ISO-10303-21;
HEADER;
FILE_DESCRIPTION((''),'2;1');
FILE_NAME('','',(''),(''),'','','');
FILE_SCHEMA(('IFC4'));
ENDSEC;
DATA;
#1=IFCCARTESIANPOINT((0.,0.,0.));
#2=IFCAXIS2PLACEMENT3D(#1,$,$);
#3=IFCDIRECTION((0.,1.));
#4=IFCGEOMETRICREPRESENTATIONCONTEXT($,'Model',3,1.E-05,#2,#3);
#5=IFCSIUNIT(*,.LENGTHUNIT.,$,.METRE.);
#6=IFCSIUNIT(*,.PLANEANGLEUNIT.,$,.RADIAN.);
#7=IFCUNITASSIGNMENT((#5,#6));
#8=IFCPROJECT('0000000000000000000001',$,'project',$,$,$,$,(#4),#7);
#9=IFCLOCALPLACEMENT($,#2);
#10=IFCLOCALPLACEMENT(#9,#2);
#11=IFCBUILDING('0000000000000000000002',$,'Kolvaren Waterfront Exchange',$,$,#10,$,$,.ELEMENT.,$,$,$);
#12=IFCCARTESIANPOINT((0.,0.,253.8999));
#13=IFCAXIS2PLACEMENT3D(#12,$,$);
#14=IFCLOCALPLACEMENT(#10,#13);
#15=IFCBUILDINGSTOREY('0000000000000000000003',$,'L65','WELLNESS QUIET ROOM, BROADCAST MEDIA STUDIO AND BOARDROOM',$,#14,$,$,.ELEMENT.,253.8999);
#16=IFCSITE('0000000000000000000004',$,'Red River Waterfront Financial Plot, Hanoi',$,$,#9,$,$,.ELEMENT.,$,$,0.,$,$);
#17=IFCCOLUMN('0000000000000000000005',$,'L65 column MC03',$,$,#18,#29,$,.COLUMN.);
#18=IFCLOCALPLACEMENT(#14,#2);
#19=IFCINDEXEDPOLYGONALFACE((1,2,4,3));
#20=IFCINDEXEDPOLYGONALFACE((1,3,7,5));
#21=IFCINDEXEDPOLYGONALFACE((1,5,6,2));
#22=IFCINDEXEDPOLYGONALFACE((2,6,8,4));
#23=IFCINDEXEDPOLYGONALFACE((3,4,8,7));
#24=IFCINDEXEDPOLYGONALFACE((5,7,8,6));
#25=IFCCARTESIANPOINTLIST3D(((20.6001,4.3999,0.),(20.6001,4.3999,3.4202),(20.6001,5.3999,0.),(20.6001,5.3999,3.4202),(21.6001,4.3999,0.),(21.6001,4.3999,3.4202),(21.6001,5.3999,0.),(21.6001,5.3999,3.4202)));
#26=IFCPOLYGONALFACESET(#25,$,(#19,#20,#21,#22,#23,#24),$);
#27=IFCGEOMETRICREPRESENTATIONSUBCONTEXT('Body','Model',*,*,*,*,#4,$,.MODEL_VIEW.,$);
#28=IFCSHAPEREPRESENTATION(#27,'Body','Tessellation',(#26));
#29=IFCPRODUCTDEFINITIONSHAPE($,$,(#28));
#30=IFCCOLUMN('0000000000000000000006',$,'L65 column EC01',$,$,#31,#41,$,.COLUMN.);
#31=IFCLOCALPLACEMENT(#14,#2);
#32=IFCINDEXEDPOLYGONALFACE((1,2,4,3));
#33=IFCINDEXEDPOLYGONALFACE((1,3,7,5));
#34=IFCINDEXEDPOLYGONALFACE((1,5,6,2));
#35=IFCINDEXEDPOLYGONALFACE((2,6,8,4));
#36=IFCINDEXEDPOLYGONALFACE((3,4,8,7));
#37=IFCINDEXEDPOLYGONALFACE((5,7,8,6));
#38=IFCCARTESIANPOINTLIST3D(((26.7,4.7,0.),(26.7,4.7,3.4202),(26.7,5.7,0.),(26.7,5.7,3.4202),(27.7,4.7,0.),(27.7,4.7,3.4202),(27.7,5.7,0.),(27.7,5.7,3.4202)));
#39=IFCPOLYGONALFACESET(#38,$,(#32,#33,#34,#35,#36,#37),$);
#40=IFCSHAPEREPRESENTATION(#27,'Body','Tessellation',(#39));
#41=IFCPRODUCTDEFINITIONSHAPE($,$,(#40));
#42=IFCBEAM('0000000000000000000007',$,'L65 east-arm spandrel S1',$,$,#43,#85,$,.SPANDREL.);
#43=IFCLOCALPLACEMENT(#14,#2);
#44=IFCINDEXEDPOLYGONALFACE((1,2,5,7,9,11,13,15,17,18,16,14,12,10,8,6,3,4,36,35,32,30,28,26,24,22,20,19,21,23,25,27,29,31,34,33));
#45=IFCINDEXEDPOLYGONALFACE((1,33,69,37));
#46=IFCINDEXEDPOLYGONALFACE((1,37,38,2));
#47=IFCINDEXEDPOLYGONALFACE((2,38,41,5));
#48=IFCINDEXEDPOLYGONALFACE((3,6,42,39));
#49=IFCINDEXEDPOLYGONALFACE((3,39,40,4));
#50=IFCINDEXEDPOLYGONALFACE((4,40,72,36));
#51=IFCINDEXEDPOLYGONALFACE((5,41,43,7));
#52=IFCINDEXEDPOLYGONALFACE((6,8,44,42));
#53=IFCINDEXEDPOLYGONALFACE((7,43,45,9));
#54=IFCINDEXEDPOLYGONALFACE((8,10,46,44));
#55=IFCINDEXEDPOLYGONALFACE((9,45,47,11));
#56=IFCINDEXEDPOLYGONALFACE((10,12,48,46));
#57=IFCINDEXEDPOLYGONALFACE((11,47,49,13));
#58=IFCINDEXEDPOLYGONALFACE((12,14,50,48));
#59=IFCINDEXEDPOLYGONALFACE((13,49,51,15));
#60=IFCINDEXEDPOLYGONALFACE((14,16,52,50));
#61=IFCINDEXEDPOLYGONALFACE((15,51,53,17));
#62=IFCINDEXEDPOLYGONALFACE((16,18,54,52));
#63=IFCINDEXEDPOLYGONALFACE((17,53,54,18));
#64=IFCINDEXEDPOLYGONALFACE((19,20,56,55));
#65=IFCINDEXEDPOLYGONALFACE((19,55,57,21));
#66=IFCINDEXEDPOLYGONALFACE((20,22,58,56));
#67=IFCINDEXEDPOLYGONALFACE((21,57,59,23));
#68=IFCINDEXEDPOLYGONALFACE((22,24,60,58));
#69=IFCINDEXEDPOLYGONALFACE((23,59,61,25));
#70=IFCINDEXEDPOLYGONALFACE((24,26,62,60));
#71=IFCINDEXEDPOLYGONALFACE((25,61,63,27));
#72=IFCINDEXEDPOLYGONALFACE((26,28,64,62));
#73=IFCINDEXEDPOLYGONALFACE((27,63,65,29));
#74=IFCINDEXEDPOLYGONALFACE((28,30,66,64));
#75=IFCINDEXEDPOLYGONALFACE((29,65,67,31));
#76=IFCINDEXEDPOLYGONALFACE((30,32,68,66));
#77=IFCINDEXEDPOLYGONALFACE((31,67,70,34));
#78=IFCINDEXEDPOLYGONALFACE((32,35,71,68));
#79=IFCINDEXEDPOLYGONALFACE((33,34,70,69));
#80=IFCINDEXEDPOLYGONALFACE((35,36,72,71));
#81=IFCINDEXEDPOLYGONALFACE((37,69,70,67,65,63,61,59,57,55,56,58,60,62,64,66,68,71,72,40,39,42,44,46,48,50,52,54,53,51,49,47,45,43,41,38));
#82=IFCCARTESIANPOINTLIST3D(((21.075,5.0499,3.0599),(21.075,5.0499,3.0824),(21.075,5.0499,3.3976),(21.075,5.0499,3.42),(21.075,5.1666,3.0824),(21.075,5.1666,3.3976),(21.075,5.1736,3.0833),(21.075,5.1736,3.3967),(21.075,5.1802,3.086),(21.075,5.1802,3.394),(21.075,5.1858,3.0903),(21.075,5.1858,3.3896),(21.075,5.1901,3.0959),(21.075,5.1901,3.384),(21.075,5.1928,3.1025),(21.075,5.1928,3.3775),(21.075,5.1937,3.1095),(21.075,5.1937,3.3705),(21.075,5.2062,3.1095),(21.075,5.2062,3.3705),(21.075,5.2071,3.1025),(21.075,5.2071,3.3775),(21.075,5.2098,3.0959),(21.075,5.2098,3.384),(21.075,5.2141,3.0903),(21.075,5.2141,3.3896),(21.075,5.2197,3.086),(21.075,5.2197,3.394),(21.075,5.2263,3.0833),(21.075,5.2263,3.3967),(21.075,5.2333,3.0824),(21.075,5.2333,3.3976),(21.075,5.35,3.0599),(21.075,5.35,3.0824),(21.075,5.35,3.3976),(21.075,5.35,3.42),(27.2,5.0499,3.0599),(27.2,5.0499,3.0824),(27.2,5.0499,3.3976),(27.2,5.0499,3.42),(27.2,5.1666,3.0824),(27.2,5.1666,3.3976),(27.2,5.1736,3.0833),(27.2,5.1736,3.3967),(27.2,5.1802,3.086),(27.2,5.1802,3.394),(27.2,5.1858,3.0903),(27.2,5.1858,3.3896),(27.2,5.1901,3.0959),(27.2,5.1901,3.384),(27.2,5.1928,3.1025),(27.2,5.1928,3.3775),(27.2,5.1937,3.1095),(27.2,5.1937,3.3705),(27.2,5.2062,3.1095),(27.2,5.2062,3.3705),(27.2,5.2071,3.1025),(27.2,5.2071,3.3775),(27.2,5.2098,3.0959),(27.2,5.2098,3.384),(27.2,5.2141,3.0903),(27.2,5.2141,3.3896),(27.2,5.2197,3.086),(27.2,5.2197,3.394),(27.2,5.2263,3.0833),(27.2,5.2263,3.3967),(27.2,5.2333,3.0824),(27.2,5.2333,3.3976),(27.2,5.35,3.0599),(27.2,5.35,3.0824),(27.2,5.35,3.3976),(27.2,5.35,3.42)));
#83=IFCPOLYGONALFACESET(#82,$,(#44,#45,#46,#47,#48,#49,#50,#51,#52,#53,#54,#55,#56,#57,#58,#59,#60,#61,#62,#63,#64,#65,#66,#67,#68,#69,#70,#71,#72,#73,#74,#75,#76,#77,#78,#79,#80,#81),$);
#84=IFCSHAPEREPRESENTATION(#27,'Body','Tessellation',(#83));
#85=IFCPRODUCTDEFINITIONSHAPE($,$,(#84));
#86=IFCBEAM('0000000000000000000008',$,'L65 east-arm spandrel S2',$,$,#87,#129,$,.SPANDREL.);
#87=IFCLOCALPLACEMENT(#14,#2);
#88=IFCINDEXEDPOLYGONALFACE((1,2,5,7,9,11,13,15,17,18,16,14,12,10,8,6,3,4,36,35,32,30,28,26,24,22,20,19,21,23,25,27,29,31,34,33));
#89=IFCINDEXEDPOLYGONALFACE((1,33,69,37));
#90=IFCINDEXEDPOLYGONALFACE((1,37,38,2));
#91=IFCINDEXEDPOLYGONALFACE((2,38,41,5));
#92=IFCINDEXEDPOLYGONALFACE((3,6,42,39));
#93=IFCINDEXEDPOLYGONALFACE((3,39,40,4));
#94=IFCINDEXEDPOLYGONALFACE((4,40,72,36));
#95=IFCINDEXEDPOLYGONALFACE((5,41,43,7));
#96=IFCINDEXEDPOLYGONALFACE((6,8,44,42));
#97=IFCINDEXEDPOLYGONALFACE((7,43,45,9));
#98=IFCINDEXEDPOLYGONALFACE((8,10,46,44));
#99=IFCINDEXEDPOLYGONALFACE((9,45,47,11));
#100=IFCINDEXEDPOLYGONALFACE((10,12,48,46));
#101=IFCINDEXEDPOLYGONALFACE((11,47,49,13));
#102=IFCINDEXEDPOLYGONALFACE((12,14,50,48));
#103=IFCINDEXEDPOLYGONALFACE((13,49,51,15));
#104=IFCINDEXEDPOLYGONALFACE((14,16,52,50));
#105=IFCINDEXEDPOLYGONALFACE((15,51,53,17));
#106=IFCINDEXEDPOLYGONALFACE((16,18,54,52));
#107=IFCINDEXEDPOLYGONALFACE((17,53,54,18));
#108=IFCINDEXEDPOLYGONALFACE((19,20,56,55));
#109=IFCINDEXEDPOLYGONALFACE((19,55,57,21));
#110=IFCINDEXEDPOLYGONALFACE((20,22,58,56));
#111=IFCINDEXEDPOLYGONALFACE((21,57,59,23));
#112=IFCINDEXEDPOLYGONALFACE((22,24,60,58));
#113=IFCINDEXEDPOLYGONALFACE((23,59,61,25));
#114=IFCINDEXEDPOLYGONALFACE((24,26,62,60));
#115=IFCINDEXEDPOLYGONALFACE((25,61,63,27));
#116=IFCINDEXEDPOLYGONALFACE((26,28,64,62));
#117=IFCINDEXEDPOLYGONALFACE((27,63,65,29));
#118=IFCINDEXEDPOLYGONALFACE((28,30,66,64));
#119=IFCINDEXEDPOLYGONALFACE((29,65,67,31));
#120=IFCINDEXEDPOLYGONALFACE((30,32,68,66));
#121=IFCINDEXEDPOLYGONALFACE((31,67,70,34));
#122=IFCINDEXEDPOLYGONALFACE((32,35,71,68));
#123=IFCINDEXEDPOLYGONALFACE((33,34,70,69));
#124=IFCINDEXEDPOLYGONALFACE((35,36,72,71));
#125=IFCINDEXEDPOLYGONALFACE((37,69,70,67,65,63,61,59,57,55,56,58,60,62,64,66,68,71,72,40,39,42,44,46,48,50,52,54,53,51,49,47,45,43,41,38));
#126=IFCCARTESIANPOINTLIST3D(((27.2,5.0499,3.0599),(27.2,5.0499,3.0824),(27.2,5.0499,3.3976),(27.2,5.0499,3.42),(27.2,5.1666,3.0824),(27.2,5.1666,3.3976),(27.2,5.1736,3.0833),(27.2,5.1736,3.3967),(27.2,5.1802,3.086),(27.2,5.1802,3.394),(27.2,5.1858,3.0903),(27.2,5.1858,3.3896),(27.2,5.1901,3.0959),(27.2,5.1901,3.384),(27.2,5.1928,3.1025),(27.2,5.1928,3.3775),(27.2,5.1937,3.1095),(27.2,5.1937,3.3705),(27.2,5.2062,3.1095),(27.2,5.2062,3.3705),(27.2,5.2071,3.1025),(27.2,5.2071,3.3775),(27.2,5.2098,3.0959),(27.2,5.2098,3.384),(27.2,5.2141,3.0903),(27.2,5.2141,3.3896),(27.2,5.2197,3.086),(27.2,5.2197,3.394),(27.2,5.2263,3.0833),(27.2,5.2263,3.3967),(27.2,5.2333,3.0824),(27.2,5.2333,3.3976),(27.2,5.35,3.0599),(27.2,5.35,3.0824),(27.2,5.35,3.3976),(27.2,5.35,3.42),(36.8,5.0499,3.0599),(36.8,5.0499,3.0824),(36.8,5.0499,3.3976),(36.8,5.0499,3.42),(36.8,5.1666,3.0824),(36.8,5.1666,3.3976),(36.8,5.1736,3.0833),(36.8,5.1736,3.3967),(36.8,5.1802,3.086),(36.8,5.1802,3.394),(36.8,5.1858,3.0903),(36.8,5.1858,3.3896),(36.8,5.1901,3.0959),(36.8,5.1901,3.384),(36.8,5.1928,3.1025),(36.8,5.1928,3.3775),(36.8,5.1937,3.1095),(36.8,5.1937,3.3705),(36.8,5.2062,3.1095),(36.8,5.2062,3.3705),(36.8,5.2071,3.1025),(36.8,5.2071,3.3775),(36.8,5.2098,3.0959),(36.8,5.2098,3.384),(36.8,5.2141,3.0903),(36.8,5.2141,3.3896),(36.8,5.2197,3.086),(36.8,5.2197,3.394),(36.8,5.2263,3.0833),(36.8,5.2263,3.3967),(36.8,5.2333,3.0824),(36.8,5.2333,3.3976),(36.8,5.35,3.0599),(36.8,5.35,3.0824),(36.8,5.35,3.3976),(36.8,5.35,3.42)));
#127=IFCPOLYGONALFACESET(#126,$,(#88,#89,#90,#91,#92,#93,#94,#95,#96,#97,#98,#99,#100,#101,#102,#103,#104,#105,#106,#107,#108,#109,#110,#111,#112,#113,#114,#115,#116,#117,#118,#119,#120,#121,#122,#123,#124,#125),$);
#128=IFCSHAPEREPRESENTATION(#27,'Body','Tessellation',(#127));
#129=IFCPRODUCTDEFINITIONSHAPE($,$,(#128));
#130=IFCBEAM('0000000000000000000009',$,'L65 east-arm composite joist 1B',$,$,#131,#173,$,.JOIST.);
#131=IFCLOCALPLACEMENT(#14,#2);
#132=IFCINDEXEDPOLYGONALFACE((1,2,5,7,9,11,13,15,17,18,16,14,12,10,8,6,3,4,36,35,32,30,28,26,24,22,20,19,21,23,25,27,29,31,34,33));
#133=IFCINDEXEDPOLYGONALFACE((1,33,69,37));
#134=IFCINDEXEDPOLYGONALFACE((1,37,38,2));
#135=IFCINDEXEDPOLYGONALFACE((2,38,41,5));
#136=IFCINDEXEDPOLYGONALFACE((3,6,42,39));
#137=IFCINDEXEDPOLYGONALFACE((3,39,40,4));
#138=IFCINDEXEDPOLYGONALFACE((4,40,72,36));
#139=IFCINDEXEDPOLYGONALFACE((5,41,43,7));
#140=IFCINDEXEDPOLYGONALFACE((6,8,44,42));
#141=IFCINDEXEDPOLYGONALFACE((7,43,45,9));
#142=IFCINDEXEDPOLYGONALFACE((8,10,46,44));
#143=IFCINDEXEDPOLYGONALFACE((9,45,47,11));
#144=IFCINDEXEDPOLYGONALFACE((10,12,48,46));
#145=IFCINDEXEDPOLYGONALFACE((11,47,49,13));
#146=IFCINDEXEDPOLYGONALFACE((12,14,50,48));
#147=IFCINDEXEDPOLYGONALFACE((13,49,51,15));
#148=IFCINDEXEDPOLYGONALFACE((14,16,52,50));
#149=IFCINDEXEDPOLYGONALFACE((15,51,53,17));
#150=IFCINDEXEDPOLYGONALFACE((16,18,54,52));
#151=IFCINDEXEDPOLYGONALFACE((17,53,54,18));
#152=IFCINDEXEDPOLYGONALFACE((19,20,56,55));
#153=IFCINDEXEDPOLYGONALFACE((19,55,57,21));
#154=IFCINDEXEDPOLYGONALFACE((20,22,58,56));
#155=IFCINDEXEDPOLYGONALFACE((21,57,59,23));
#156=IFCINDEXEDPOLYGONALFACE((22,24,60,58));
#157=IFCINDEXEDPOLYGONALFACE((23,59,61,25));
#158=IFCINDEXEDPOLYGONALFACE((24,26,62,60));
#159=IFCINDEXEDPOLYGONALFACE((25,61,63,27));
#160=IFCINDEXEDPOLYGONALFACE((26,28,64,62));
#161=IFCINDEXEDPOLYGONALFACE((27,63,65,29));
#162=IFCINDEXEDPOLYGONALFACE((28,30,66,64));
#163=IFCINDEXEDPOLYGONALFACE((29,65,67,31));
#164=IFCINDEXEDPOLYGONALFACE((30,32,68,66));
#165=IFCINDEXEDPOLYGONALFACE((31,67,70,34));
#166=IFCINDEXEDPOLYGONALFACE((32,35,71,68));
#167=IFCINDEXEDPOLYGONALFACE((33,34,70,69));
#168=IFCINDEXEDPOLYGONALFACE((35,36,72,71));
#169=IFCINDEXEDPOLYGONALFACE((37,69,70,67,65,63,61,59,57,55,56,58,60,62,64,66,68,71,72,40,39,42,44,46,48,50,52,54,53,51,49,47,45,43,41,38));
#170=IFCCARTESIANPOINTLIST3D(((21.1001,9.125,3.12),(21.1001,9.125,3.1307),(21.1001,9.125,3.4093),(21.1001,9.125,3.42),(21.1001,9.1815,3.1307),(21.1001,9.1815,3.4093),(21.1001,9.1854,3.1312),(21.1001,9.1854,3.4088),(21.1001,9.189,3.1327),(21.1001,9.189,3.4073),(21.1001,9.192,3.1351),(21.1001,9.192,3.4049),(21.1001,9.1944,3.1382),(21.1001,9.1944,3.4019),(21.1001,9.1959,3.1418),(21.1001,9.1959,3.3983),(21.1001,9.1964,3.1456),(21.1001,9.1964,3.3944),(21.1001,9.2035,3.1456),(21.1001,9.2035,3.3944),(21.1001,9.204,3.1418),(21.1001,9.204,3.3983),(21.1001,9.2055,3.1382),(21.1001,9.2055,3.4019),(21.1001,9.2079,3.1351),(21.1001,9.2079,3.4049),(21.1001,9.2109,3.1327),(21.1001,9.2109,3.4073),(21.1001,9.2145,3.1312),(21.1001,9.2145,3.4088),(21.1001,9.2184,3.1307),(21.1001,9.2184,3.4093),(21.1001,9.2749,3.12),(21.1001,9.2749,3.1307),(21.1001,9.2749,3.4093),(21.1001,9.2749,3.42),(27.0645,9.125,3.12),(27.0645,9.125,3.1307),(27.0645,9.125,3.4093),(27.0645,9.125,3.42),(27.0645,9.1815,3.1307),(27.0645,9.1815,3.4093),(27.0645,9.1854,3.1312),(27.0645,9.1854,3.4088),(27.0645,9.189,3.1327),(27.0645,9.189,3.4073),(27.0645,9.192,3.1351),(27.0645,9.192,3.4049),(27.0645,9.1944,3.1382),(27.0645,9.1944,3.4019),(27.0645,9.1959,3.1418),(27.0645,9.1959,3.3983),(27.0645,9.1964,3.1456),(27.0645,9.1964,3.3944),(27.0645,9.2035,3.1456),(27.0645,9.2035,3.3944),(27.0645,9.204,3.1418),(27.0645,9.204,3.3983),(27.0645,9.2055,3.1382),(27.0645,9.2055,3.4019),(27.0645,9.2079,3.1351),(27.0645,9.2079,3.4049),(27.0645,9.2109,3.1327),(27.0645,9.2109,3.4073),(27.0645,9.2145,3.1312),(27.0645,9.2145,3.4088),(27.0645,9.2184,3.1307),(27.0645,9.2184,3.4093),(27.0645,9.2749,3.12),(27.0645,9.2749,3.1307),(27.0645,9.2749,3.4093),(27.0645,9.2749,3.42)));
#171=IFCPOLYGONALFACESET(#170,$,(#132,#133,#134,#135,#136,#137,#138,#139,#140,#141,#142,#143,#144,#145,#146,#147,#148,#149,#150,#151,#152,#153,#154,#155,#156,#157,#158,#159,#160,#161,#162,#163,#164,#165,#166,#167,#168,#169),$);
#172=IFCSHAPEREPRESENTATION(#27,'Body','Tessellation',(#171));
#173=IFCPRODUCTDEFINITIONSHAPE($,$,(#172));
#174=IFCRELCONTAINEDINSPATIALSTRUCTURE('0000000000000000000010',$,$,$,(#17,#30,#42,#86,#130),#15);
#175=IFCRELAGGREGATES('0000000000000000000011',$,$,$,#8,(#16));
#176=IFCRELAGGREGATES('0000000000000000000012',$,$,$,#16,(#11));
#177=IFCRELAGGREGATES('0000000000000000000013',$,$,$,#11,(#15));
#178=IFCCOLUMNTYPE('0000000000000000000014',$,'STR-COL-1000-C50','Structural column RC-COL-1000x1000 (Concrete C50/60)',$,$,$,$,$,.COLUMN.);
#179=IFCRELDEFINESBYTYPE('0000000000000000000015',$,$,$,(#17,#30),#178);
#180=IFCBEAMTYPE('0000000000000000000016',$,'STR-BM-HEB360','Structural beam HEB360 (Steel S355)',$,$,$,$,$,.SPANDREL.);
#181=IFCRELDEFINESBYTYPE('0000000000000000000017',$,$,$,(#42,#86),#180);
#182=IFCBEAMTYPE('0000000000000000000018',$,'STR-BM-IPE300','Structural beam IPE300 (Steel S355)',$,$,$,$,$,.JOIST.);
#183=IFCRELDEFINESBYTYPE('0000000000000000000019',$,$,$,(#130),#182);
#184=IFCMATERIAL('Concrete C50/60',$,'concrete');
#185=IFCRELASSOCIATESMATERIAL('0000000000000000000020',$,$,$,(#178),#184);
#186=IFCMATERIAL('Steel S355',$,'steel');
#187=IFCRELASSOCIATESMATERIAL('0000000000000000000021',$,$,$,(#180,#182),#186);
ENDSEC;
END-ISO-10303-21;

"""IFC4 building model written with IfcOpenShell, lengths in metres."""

from ifc_helpers import new_model, si_unit, direction, frame, origin, origin_2d, place, context, subcontext, project, spatial, rectangle, i_section, extrude, material, material_profile, profile_set, type_object, element, save


model = new_model("IFC4")

# Units and contexts
model_context = context("Model", 3, precision=1e-05, world=origin(), true_north=direction((0.0, 1.0)))
body_context = subcontext(model_context, "Body", "Model", "MODEL_VIEW")
ifc_project = project(units=[si_unit("LENGTHUNIT", "METRE"), si_unit("PLANEANGLEUNIT", "RADIAN")], contexts=[model_context])

# Site, building, storey
site_placement = place(None, origin())
site = spatial("IfcSite", under=ifc_project, at=site_placement, Name="Red River Waterfront Financial Plot, Hanoi", CompositionType="ELEMENT", RefElevation=0.0)
building_placement = place(site_placement, origin())
building = spatial("IfcBuilding", under=site, at=building_placement, Name="Kolvaren Waterfront Exchange", CompositionType="ELEMENT")
storey_placement = place(building_placement, frame((0.0, 0.0, 253.8999)))
storey = spatial("IfcBuildingStorey", under=building, at=storey_placement, Name="L65", Description="WELLNESS QUIET ROOM, BROADCAST MEDIA STUDIO AND BOARDROOM", CompositionType="ELEMENT", Elevation=253.8999)

# Columns
ifc_material_1 = material(Name="Concrete C50/60", Category="concrete")
ifc_material_profile_1 = material_profile(ifc_material_1, rectangle(XDim=1.0, YDim=1.0, at=origin_2d()), Name="RC-COL-1000x1000")
ifc_profile_set_1 = profile_set([ifc_material_profile_1], Name="Concrete C50/60")
column_type = type_object("IfcColumnType", Name="STR-COL-1000-C50", Description="Structural column RC-COL-1000x1000 (Concrete C50/60)", PredefinedType="COLUMN", material=ifc_profile_set_1)
for number, where, z_axis, x_axis, name in (
    (1, (21.1001, 4.8999, 0.0), (0.0, 0.0, 1.0), (1.0, 0.0, 0.0), "L65 column MC03"),
    (2, (27.2, 5.2, 0.0), (0.0, 0.0, 1.0), (1.0, 0.0, 0.0), "L65 column EC01"),
):
    element("IfcColumn", number, at=place(storey_placement, frame(where, z_axis=z_axis, x_axis=x_axis)), inside=storey, type_object=column_type, Name=name, PredefinedType="COLUMN", context=body_context, shape_type="SweptSolid", body=[
        extrude(rectangle(XDim=1.0, YDim=1.0, at=origin_2d()), origin(), (0.0, 0.0, 1.0), 3.4202),
    ])

# Beams
ifc_material_2 = material(Name="Steel S355", Category="steel")
ifc_material_profile_2 = material_profile(ifc_material_2, i_section(OverallWidth=0.3, OverallDepth=0.3601, WebThickness=0.0125, FlangeThickness=0.0225, FilletRadius=0.0271, at=origin_2d()), Name="HEB360")
ifc_profile_set_2 = profile_set([ifc_material_profile_2], Name="Steel S355")
beam_type_1 = type_object("IfcBeamType", Name="STR-BM-HEB360", Description="Structural beam HEB360 (Steel S355)", PredefinedType="SPANDREL", material=ifc_profile_set_2)
beam_1_placement = place(storey_placement, frame((21.075, 5.2, 3.24), z_axis=(1.0, 0.0, 0.0), x_axis=(0.0, 1.0, 0.0)))
element("IfcBeam", 3, at=beam_1_placement, inside=storey, type_object=beam_type_1, Name="L65 east-arm spandrel S1", PredefinedType="SPANDREL", context=body_context, shape_type="SweptSolid", body=[
    extrude(i_section(OverallWidth=0.3, OverallDepth=0.3601, WebThickness=0.0125, FlangeThickness=0.0225, FilletRadius=0.0271, at=origin_2d()), origin(), (0.0, 0.0, 1.0), 6.125),
])
beam_2_placement = place(storey_placement, frame((27.2, 5.2, 3.24), z_axis=(1.0, 0.0, 0.0), x_axis=(0.0, 1.0, 0.0)))
element("IfcBeam", 4, at=beam_2_placement, inside=storey, type_object=beam_type_1, Name="L65 east-arm spandrel S2", PredefinedType="SPANDREL", context=body_context, shape_type="SweptSolid", body=[
    extrude(i_section(OverallWidth=0.3, OverallDepth=0.3601, WebThickness=0.0125, FlangeThickness=0.0225, FilletRadius=0.0271, at=origin_2d()), origin(), (0.0, 0.0, 1.0), 9.6001),
])
ifc_material_profile_3 = material_profile(ifc_material_2, i_section(OverallWidth=0.1499, OverallDepth=0.3, WebThickness=0.0071, FlangeThickness=0.0107, FilletRadius=0.0149, at=origin_2d()), Name="IPE300")
ifc_profile_set_3 = profile_set([ifc_material_profile_3], Name="Steel S355")
beam_type_2 = type_object("IfcBeamType", Name="STR-BM-IPE300", Description="Structural beam IPE300 (Steel S355)", PredefinedType="JOIST", material=ifc_profile_set_3)
beam_3_placement = place(storey_placement, frame((21.1001, 9.2, 3.27), z_axis=(1.0, 0.0, 0.0), x_axis=(0.0, 1.0, 0.0)))
element("IfcBeam", 5, at=beam_3_placement, inside=storey, type_object=beam_type_2, Name="L65 east-arm composite joist 1B", PredefinedType="JOIST", context=body_context, shape_type="SweptSolid", body=[
    extrude(i_section(OverallWidth=0.1499, OverallDepth=0.3, WebThickness=0.0071, FlangeThickness=0.0107, FilletRadius=0.0149, at=origin_2d()), origin(), (0.0, 0.0, 1.0), 5.9644),
])

save(model, "model.ifc")
